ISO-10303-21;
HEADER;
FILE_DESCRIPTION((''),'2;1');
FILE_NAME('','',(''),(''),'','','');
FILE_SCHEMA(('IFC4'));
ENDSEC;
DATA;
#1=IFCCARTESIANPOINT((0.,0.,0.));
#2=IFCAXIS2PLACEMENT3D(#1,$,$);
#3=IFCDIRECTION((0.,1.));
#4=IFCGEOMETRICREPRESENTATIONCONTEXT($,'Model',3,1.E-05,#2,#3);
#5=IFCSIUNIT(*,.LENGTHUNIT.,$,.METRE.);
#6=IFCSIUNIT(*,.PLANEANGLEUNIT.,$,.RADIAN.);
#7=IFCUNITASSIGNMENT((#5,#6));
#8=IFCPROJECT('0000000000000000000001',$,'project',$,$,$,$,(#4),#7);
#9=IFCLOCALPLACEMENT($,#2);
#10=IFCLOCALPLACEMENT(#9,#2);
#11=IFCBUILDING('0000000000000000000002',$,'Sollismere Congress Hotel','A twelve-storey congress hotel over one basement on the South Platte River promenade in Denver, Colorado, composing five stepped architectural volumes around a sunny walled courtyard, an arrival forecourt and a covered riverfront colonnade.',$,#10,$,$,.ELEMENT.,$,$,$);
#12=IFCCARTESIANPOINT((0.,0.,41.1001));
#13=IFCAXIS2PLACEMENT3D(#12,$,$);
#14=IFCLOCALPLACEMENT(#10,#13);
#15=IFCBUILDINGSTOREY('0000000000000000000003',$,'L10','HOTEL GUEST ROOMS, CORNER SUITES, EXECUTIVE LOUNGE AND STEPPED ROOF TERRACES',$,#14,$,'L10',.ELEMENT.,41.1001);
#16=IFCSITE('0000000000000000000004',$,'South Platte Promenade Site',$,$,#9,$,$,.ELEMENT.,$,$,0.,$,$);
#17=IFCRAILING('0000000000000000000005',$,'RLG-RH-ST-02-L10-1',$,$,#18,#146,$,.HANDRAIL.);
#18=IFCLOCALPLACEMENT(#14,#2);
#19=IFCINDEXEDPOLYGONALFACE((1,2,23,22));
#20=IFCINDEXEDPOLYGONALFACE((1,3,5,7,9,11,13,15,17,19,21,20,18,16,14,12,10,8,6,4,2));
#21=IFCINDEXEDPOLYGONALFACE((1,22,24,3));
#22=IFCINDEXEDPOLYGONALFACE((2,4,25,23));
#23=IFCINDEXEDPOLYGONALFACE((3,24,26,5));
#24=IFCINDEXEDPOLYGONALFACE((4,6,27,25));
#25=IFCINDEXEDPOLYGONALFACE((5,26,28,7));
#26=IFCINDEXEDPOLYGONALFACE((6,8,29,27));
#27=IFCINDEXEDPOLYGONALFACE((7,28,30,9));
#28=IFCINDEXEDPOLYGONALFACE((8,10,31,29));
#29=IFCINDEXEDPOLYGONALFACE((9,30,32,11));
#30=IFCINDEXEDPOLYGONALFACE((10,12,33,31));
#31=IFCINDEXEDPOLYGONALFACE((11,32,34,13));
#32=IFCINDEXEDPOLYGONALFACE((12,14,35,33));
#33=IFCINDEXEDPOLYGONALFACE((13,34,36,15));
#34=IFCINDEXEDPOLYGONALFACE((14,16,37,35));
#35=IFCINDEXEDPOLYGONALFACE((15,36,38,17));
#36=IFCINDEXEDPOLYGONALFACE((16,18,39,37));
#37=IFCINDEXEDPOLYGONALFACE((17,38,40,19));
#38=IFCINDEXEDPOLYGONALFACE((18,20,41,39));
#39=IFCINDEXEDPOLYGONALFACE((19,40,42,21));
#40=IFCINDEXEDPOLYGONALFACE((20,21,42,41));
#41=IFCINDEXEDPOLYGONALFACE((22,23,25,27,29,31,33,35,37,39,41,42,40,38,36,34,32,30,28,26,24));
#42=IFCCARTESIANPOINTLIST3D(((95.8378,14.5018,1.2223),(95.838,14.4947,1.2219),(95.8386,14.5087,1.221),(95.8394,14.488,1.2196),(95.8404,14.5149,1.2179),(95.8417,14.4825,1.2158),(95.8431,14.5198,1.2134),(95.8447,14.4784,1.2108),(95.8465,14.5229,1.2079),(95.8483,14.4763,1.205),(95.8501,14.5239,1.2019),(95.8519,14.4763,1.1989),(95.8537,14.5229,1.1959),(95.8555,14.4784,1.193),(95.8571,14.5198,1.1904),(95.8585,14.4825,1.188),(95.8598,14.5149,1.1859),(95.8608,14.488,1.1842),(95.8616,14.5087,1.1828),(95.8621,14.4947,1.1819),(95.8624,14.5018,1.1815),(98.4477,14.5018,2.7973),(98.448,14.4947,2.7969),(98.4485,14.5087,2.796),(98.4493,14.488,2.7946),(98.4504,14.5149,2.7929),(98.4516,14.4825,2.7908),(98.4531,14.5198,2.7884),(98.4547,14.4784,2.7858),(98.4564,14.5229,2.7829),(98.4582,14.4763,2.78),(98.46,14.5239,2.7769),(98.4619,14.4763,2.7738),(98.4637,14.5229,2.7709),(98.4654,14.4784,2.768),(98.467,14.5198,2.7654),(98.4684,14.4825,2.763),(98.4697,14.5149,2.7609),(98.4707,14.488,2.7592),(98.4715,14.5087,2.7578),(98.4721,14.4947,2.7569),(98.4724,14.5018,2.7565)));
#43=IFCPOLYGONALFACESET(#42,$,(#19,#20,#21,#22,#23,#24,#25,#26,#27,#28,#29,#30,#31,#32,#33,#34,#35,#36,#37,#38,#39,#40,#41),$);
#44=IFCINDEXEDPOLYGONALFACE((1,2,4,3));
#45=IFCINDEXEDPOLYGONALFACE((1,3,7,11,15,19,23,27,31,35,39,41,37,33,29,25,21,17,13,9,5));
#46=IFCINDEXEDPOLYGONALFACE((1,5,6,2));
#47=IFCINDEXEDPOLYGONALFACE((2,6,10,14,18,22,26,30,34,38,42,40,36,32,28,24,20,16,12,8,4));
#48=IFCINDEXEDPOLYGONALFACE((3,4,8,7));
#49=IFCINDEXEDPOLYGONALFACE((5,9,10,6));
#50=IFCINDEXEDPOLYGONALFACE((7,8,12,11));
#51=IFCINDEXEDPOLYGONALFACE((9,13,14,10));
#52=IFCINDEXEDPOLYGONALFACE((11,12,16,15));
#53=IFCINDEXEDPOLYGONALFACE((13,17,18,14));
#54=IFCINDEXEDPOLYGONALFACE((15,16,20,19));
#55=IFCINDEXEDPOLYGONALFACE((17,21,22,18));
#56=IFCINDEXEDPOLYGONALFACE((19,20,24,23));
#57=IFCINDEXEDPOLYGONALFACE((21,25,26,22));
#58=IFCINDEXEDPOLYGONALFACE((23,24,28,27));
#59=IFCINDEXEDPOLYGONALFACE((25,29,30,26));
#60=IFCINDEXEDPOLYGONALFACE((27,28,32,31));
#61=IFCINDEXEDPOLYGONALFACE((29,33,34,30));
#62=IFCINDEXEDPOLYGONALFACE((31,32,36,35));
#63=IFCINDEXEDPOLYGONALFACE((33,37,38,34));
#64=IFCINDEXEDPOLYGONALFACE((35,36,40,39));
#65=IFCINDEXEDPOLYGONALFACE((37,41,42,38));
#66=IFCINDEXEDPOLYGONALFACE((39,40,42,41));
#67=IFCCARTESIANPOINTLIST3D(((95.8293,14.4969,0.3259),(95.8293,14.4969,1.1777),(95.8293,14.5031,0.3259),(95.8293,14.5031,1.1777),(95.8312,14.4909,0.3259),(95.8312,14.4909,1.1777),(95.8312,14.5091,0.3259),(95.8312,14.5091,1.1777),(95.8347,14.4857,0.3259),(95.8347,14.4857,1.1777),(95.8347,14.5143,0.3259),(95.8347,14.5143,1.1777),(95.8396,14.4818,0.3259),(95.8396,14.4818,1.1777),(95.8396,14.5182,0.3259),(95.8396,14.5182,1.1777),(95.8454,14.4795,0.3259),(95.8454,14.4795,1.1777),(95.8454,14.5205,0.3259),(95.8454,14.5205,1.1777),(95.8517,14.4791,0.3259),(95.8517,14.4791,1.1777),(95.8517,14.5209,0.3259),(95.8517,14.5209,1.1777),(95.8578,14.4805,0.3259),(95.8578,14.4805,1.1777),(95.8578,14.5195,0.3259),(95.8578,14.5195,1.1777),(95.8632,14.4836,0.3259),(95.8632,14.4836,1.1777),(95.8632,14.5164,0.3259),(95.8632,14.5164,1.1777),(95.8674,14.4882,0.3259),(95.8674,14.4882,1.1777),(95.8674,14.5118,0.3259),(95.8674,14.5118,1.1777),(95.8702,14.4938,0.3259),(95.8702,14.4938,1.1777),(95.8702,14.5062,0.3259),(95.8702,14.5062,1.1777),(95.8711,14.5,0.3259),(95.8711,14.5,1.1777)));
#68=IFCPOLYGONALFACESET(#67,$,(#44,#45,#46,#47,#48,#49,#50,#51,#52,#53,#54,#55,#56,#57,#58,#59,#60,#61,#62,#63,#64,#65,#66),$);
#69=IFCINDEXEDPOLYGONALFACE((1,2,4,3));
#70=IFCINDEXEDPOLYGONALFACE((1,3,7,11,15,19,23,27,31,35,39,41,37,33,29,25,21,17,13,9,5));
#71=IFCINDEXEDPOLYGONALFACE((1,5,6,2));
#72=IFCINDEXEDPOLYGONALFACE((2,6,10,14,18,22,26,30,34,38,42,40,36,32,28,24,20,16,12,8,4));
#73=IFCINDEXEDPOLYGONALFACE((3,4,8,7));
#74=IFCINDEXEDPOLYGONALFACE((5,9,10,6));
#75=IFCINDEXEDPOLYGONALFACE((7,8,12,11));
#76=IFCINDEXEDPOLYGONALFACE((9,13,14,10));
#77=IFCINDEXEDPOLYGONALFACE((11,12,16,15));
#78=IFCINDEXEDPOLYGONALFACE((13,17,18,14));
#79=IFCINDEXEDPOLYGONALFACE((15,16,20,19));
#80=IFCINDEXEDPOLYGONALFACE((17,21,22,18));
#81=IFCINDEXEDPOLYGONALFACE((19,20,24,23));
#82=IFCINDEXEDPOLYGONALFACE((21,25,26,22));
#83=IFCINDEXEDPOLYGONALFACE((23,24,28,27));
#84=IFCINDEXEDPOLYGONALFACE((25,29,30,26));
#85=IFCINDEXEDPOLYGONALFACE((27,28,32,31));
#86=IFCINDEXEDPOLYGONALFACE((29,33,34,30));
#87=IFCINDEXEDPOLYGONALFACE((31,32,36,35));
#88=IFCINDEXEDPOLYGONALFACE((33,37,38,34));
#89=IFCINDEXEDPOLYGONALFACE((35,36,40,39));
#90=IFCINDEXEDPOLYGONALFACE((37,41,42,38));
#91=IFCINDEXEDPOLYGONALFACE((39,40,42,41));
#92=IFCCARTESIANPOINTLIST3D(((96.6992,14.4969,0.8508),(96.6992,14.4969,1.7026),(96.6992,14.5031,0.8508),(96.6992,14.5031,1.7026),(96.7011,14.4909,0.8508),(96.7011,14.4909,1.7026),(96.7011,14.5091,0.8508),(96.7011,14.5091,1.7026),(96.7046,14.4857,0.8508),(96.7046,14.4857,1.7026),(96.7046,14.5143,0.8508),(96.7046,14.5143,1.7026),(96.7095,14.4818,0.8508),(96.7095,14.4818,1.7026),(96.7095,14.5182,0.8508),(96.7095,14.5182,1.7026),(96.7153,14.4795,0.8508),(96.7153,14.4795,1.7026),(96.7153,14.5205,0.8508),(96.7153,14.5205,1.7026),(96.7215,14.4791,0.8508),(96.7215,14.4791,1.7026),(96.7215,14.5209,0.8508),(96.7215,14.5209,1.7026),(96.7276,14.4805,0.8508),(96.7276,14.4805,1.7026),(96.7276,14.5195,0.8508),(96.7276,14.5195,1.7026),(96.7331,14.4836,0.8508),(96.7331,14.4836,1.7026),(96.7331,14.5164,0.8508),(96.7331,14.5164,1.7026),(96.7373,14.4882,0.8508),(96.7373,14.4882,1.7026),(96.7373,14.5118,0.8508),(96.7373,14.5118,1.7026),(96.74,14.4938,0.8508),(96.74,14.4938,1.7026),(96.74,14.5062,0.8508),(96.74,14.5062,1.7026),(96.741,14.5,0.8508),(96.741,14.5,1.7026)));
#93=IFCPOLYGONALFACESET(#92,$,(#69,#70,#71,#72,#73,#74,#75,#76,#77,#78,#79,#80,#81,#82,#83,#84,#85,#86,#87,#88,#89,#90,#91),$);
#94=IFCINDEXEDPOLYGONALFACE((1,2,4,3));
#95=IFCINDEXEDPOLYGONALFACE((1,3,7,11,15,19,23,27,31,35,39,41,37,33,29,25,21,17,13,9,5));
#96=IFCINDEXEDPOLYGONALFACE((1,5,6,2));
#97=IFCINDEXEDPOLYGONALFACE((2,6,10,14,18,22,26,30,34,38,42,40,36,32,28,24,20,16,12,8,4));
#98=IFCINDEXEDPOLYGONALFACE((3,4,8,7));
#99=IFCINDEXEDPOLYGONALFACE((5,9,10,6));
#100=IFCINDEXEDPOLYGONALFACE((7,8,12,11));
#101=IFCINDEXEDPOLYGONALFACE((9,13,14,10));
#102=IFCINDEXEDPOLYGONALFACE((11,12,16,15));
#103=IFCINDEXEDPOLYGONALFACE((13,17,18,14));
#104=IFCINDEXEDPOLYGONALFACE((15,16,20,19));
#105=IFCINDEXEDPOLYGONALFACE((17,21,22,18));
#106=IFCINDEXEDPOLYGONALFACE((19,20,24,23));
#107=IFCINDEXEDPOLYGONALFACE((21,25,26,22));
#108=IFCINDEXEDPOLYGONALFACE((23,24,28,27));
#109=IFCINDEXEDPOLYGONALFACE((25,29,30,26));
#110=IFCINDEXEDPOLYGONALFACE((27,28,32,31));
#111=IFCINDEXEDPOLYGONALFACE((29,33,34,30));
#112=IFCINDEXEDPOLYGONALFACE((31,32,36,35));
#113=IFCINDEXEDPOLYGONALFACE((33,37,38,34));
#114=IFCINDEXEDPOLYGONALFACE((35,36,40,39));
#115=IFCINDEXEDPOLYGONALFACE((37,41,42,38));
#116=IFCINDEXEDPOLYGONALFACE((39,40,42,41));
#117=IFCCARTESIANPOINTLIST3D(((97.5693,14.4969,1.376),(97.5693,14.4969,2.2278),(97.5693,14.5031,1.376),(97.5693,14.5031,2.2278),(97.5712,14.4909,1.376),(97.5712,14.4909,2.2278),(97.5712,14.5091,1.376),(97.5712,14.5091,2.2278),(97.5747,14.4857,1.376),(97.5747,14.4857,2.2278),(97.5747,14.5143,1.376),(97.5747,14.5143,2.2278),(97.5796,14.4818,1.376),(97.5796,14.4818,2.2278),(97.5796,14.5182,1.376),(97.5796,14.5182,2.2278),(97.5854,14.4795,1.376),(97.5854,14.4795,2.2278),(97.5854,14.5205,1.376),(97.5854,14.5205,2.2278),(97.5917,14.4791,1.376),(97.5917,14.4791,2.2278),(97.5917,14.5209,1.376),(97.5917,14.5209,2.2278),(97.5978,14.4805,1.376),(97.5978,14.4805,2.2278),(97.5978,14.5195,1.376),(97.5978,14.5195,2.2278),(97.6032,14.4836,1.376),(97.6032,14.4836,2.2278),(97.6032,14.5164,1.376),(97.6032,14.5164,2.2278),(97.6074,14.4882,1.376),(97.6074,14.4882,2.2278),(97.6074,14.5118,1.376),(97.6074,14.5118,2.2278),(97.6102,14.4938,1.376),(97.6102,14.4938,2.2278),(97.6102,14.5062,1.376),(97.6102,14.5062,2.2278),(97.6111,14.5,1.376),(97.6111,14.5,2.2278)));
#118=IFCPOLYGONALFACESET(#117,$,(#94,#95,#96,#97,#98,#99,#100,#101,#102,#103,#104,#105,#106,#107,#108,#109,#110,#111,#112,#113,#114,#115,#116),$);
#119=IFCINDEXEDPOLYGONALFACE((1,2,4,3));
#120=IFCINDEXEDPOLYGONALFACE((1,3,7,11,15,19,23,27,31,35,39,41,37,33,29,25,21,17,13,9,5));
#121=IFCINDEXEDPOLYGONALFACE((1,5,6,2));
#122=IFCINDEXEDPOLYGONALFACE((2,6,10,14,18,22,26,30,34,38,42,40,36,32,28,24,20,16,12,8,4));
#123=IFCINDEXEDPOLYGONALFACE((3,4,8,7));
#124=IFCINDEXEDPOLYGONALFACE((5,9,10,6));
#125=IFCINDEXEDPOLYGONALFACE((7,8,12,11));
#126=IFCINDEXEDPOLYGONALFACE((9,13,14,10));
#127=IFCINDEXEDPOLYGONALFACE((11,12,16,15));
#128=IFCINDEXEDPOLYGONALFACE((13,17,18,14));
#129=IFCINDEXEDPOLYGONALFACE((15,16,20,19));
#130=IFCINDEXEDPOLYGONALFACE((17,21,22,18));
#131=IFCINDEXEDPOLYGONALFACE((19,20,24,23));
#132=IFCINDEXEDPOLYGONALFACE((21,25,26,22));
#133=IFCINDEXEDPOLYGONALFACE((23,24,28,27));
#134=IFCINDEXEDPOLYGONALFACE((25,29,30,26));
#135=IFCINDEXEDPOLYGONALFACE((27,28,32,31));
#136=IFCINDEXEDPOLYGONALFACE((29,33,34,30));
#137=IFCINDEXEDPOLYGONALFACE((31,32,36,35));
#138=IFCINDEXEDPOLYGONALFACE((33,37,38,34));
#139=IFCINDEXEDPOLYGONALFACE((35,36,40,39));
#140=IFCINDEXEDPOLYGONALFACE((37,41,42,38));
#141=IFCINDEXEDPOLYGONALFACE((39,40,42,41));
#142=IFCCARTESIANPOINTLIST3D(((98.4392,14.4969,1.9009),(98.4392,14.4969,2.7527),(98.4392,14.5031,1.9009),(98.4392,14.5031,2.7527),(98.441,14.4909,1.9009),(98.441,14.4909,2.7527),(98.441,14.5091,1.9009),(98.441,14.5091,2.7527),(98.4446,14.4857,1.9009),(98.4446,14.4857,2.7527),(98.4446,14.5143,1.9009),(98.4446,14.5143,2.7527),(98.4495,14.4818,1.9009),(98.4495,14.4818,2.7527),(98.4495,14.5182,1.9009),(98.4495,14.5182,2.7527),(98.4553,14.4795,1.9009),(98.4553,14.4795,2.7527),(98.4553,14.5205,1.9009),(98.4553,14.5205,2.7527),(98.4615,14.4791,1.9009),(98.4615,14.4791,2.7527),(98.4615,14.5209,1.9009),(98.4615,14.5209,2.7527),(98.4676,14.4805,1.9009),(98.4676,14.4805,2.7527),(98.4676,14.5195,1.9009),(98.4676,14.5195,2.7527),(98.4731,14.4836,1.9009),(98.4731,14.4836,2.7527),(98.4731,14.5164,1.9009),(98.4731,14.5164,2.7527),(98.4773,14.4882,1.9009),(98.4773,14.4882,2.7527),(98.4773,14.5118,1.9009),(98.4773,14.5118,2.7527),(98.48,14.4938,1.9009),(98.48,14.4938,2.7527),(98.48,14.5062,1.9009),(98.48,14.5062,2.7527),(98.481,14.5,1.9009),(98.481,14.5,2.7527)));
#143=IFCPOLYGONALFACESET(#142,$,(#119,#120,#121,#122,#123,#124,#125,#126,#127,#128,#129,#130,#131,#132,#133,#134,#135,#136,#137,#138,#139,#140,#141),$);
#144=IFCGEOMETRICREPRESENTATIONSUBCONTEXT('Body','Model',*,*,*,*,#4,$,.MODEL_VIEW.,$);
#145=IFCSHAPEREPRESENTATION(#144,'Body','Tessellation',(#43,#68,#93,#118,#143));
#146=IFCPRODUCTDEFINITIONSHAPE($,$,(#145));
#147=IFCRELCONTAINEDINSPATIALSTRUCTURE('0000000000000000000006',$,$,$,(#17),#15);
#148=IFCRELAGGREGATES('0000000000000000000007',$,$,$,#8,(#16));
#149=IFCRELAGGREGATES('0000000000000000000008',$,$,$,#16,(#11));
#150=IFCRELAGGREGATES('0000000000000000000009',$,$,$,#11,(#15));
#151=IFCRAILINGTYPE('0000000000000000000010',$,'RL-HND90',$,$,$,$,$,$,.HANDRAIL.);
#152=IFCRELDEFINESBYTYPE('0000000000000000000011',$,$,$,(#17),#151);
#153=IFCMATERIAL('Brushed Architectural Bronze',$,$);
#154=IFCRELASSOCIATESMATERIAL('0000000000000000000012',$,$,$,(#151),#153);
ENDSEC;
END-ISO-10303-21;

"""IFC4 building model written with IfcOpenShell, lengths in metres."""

from ifc_helpers import new_model, si_unit, direction, frame, origin, origin_2d, place, context, subcontext, project, spatial, circle, extrude, material, type_object, element, save


model = new_model("IFC4")

# Units and contexts
model_context = context("Model", 3, precision=1e-05, world=origin(), true_north=direction((0.0, 1.0)))
body_context = subcontext(model_context, "Body", "Model", "MODEL_VIEW")
ifc_project = project(units=[si_unit("LENGTHUNIT", "METRE"), si_unit("PLANEANGLEUNIT", "RADIAN")], contexts=[model_context])

# Site, building, storey
site_placement = place(None, origin())
site = spatial("IfcSite", under=ifc_project, at=site_placement, Name="South Platte Promenade Site", CompositionType="ELEMENT", RefElevation=0.0)
building_placement = place(site_placement, origin())
building = spatial("IfcBuilding", under=site, at=building_placement, Name="Sollismere Congress Hotel", Description="A twelve-storey congress hotel over one basement on the South Platte River promenade in Denver, Colorado, composing five stepped architectural volumes around a sunny walled courtyard, an arrival forecourt and a covered riverfront colonnade.", CompositionType="ELEMENT")
storey_placement = place(building_placement, frame((0.0, 0.0, 41.1001)))
storey = spatial("IfcBuildingStorey", under=building, at=storey_placement, Name="L10", Description="HOTEL GUEST ROOMS, CORNER SUITES, EXECUTIVE LOUNGE AND STEPPED ROOF TERRACES", LongName="L10", CompositionType="ELEMENT", Elevation=41.1001)

# Railing
ifc_material_1 = material(Name="Brushed Architectural Bronze")
railing_type_1 = type_object("IfcRailingType", Name="RL-HND90", PredefinedType="HANDRAIL", material=ifc_material_1)
railing_1_placement = place(storey_placement, frame((95.8501, 14.5, 0.3259)))
element("IfcRailing", 1, at=railing_1_placement, inside=storey, type_object=railing_type_1, Name="RLG-RH-ST-02-L10-1", PredefinedType="HANDRAIL", context=body_context, shape_type="SweptSolid", body=[
    extrude(circle(Radius=0.0239, at=origin_2d()), frame((0.0, 0.0, 0.876), z_axis=(0.856183, 0.0, 0.516673), x_axis=(0.0, 1.0, 0.0)), (0.0, 0.0, 1.0), 3.0483),
    extrude(circle(Radius=0.021, at=origin_2d()), origin(), (0.0, 0.0, 1.0), 0.8518),
    extrude(circle(Radius=0.021, at=origin_2d()), frame((0.8699, 0.0, 0.5249)), (0.0, 0.0, 1.0), 0.8518),
    extrude(circle(Radius=0.021, at=origin_2d()), frame((1.74, 0.0, 1.05)), (0.0, 0.0, 1.0), 0.8518),
    extrude(circle(Radius=0.021, at=origin_2d()), frame((2.6099, 0.0, 1.575)), (0.0, 0.0, 1.0), 0.8518),
])

save(model, "model.ifc")
